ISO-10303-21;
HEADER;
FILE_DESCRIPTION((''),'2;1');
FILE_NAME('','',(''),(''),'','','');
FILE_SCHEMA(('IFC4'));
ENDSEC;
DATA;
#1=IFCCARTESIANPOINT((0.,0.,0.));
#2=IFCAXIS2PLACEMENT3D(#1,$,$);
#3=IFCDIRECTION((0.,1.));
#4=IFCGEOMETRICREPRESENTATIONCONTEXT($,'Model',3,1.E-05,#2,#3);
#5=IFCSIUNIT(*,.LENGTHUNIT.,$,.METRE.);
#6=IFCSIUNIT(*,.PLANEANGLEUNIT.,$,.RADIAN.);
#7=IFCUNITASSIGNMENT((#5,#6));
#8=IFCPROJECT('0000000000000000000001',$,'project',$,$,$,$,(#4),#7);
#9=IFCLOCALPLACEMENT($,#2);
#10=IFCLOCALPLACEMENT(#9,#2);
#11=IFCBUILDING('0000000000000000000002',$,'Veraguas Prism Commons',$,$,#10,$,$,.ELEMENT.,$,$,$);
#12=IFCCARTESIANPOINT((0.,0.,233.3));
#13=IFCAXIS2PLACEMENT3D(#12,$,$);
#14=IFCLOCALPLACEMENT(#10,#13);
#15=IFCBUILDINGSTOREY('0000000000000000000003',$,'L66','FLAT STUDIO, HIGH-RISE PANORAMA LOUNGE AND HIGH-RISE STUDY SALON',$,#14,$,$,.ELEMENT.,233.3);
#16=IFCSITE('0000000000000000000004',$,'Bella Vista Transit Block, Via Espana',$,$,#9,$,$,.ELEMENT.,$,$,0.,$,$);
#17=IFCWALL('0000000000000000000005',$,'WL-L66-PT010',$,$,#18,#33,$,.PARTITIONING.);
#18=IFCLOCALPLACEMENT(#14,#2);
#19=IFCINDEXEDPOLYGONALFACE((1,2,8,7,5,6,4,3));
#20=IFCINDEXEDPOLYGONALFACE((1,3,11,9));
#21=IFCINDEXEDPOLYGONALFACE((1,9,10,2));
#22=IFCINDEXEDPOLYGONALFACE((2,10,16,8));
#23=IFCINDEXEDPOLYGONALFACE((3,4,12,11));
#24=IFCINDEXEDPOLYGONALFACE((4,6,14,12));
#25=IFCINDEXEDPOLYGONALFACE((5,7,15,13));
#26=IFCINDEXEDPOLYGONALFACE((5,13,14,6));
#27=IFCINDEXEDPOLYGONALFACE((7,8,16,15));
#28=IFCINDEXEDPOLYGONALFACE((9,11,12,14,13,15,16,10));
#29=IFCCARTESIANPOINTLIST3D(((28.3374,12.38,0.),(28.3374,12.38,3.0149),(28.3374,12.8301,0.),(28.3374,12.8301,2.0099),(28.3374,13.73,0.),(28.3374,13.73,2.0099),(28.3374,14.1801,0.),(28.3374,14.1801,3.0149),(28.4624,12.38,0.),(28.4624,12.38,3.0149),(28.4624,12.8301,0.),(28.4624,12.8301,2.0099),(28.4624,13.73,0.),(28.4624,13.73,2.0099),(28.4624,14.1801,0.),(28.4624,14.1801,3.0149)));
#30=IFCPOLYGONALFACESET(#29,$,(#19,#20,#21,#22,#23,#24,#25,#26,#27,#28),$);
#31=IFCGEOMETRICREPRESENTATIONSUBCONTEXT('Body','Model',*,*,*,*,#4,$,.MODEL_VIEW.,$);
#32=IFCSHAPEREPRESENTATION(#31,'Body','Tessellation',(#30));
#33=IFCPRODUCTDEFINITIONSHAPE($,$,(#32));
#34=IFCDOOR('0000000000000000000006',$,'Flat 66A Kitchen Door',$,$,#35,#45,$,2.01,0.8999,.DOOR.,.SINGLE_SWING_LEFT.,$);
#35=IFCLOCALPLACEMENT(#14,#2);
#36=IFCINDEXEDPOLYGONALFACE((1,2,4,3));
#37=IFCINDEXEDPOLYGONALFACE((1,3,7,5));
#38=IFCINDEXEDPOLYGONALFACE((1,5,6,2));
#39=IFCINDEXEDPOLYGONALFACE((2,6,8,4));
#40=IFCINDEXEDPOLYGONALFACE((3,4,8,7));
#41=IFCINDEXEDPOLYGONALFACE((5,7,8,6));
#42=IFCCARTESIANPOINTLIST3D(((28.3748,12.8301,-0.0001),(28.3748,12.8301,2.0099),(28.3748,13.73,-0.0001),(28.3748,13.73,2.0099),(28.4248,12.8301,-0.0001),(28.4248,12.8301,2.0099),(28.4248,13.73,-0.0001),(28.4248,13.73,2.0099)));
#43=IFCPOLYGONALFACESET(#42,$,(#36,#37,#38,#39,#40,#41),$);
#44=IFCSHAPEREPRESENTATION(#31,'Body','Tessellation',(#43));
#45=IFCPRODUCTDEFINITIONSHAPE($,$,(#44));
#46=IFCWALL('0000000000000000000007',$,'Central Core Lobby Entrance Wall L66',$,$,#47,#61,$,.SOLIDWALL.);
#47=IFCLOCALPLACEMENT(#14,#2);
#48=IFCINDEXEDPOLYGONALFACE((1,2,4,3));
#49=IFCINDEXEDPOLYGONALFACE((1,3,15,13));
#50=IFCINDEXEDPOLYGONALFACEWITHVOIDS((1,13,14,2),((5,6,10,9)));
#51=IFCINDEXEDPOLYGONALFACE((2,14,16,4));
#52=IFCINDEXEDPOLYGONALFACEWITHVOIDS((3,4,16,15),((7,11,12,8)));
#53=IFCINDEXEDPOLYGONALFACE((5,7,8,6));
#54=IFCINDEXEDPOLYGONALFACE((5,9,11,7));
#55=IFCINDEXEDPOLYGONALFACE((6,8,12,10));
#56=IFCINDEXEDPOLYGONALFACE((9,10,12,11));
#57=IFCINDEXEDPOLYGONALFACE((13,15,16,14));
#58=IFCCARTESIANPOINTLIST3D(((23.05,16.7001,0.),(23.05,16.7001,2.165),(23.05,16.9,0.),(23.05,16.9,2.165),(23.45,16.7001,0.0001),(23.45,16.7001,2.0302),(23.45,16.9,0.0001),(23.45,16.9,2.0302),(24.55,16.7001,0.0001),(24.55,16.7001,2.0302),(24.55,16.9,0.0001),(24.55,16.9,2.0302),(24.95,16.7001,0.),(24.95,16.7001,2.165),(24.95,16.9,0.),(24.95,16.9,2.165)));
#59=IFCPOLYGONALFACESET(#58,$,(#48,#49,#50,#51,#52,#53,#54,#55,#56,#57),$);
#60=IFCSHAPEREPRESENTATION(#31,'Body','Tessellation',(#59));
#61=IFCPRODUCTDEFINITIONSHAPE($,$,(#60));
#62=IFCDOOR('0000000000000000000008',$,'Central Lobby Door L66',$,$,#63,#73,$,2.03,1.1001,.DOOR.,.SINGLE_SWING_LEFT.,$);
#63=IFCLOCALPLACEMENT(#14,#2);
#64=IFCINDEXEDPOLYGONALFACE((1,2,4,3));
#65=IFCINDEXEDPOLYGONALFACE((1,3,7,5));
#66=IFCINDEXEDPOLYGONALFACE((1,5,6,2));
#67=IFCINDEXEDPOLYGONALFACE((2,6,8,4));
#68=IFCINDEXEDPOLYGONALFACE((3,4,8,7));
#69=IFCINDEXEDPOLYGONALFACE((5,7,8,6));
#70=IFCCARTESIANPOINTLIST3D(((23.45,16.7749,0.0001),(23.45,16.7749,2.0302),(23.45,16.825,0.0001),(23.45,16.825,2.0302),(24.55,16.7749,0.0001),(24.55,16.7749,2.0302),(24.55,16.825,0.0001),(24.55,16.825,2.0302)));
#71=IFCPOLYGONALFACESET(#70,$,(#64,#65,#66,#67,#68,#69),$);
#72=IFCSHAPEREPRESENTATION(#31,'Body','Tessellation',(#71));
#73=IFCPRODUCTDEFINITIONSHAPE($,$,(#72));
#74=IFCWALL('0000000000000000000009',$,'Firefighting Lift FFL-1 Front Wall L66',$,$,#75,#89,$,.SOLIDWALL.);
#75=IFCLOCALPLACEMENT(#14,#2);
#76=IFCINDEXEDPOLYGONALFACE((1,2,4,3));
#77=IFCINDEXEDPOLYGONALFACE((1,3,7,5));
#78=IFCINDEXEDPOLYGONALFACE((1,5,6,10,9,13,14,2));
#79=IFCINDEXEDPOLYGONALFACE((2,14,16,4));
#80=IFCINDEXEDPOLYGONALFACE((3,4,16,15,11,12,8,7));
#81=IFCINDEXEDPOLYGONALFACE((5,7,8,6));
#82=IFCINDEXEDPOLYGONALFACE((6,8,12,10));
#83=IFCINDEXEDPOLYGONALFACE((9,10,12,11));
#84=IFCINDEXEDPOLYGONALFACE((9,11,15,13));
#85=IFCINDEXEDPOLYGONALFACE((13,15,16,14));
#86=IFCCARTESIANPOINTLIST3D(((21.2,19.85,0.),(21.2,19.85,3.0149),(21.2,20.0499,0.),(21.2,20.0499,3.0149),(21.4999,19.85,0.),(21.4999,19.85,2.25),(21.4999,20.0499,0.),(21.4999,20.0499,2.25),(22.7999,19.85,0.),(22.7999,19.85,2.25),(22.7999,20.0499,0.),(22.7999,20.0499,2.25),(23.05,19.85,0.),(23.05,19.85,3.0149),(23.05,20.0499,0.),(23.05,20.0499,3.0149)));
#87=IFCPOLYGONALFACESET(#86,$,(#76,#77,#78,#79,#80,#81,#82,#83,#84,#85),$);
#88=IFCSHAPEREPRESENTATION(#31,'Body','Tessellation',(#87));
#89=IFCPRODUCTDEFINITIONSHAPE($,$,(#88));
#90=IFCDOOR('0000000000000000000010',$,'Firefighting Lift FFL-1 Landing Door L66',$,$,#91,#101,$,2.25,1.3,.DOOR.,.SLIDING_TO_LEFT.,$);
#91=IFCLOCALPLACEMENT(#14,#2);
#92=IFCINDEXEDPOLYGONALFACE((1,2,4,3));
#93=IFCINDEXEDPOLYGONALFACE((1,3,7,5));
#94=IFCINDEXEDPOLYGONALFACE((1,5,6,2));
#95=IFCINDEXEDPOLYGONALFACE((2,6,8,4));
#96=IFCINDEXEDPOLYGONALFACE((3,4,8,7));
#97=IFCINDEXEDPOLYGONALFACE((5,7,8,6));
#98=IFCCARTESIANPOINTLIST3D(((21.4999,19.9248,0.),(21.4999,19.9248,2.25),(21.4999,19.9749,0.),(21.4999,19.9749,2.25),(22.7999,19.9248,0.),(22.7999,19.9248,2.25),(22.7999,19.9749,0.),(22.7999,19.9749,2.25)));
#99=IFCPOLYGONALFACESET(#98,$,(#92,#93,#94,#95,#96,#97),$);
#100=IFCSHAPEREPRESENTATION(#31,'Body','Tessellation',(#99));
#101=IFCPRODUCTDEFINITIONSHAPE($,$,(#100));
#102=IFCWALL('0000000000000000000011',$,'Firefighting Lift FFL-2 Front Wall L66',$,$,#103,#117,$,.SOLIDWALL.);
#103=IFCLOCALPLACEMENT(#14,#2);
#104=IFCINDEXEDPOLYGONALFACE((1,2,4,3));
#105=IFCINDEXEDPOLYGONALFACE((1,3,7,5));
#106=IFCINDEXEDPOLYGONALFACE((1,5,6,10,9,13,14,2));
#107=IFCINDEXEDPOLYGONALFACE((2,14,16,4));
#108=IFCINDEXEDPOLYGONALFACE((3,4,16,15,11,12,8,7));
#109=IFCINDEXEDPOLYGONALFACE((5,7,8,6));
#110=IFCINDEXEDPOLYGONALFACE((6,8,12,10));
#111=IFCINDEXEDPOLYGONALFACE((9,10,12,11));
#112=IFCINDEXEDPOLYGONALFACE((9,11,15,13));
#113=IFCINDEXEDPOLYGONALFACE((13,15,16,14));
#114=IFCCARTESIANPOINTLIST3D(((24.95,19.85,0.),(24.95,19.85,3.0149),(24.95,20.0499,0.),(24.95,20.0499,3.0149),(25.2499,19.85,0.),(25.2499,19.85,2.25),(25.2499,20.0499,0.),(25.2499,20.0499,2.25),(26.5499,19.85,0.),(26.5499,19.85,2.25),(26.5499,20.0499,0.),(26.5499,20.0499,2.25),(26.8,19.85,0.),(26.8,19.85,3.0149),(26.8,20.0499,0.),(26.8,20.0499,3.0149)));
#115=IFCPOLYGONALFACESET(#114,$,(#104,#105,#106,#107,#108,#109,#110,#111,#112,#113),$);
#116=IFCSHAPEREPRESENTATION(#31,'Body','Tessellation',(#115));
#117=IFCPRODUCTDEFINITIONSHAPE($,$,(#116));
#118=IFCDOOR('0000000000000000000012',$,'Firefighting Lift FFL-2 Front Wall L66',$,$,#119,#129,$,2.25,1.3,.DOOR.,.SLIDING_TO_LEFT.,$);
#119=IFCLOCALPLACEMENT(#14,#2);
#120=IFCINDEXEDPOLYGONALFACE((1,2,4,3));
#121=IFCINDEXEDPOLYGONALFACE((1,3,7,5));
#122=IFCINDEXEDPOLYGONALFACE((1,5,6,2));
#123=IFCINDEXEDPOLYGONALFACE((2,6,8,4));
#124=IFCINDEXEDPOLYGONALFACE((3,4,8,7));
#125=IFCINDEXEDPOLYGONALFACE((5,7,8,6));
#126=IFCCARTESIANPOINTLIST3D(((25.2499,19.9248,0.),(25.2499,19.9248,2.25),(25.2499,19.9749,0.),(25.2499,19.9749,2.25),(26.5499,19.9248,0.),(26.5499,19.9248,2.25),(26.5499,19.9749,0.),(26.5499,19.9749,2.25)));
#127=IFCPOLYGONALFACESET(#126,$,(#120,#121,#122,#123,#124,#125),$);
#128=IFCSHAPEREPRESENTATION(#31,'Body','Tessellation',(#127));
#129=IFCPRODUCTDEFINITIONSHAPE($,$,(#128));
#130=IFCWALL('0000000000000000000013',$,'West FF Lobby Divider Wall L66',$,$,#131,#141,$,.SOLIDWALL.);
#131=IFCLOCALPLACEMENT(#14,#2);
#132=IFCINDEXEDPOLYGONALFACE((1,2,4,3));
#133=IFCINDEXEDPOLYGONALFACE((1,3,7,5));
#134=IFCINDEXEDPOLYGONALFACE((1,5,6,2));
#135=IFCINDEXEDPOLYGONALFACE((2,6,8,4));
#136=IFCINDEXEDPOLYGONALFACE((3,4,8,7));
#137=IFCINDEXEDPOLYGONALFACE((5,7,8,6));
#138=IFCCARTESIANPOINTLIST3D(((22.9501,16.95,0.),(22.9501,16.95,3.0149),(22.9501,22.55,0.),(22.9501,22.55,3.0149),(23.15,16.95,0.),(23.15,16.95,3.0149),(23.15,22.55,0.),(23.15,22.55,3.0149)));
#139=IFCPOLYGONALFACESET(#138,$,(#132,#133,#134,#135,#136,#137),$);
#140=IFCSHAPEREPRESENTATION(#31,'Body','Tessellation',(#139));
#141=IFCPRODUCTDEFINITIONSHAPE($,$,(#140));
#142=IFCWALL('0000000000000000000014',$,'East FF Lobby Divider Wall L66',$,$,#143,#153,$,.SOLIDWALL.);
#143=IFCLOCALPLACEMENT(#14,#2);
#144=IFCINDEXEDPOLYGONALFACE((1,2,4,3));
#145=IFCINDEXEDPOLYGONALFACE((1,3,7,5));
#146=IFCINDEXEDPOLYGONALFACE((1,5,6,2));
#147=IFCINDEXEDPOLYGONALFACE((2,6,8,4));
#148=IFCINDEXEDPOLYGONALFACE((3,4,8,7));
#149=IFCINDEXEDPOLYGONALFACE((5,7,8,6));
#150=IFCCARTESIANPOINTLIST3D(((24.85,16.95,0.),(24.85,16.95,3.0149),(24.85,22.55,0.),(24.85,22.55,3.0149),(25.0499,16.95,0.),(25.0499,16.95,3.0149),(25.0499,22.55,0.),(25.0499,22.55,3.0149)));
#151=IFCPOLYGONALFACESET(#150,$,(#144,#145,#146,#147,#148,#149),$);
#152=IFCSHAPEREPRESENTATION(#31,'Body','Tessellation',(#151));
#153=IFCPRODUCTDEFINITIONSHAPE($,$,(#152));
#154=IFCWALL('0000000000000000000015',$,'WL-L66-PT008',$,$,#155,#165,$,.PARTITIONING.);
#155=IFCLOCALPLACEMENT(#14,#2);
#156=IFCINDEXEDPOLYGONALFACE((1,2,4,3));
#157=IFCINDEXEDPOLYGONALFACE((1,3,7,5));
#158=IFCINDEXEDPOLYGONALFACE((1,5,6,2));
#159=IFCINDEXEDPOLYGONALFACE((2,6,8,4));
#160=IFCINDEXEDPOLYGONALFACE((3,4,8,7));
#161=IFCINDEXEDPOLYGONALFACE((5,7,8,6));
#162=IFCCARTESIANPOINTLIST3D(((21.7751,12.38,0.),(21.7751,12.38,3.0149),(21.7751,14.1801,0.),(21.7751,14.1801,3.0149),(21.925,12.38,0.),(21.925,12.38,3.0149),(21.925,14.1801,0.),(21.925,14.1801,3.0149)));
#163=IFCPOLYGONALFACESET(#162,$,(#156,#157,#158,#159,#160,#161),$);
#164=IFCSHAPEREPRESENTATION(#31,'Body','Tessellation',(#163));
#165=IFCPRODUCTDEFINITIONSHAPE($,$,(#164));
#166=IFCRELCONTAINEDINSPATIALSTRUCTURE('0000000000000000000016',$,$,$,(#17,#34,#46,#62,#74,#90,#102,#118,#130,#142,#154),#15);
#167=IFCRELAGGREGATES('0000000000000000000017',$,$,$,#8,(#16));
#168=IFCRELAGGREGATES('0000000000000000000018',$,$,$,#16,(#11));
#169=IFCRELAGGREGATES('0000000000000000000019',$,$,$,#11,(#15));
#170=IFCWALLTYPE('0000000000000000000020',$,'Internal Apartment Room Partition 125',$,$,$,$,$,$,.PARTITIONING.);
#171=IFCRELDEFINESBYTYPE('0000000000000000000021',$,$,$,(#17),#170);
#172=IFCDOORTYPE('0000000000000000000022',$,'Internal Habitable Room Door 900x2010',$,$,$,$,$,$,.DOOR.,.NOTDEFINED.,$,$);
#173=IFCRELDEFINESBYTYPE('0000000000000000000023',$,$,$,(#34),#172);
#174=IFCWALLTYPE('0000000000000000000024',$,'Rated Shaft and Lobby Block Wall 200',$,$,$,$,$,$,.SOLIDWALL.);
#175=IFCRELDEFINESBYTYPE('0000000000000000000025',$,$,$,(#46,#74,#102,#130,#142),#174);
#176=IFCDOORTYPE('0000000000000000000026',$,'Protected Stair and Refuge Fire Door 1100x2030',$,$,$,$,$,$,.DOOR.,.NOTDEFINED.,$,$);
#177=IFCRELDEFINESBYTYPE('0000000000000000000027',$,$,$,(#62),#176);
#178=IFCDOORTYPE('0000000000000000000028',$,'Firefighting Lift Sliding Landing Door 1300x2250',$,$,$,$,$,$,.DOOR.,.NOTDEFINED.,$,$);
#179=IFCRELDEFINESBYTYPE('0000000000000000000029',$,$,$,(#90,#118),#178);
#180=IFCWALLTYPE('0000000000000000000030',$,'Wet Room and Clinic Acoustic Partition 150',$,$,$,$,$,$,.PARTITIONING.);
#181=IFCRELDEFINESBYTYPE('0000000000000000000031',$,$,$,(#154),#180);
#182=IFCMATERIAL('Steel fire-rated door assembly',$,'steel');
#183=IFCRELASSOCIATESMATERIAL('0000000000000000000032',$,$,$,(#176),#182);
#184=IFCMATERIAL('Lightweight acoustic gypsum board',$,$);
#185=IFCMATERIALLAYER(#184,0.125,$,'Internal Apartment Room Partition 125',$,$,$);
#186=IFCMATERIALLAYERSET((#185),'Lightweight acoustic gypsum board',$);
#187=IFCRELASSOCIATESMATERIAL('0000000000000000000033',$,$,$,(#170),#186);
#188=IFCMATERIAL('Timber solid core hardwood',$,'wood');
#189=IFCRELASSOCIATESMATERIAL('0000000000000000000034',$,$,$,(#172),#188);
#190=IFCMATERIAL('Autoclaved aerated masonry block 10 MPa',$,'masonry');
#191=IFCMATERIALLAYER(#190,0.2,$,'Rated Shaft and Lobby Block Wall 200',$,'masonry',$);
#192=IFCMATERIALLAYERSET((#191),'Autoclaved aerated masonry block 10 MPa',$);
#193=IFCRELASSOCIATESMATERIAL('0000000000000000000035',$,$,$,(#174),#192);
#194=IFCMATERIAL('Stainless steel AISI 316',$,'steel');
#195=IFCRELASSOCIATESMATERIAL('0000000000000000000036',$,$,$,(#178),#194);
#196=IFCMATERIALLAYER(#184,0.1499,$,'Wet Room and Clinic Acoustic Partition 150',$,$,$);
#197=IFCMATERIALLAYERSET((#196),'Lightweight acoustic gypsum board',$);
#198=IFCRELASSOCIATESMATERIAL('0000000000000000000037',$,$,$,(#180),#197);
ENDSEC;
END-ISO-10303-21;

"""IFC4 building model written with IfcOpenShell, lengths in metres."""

from ifc_helpers import new_model, si_unit, direction, frame, frame_2d, origin, place, context, subcontext, project, spatial, rectangle, extrude, source, transform, mapped, material, layer, layer_set, type_object, element, fill, save


model = new_model("IFC4")

# Units and contexts
model_context = context("Model", 3, precision=1e-05, world=origin(), true_north=direction((0.0, 1.0)))
body_context = subcontext(model_context, "Body", "Model", "MODEL_VIEW")
ifc_project = project(units=[si_unit("LENGTHUNIT", "METRE"), si_unit("PLANEANGLEUNIT", "RADIAN")], contexts=[model_context])

# Site, building, storey
site_placement = place(None, origin())
site = spatial("IfcSite", under=ifc_project, at=site_placement, Name="Bella Vista Transit Block, Via Espana", CompositionType="ELEMENT", RefElevation=0.0)
building_placement = place(site_placement, origin())
building = spatial("IfcBuilding", under=site, at=building_placement, Name="Veraguas Prism Commons", CompositionType="ELEMENT")
storey_placement = place(building_placement, frame((0.0, 0.0, 233.3)))
storey = spatial("IfcBuildingStorey", under=building, at=storey_placement, Name="L66", Description="FLAT STUDIO, HIGH-RISE PANORAMA LOUNGE AND HIGH-RISE STUDY SALON", CompositionType="ELEMENT", Elevation=233.3)

# Shared definitions
ifc_material_1 = material(Name="Steel fire-rated door assembly", Category="steel")
door_type_1 = type_object("IfcDoorType", Name="Protected Stair and Refuge Fire Door 1100x2030", OperationType="NOTDEFINED", PredefinedType="DOOR", material=ifc_material_1)
shared_shape_1 = source(origin(), body_context, "Body", "SweptSolid", [
    extrude(rectangle(XDim=1.1001, YDim=2.03, at=frame_2d((0.55, 1.0151))), frame((0.0, 0.0249, 0.0), z_axis=(0.0, -1.0, 0.0), x_axis=(1.0, 0.0, 0.0)), (0.0, 0.0, 1.0), 0.05),
])

# Walls, openings, doors
ifc_material_2 = material(Name="Lightweight acoustic gypsum board")
ifc_layer_1 = layer(ifc_material_2, 0.125, Name="Internal Apartment Room Partition 125")
ifc_layer_set_1 = layer_set([ifc_layer_1], Name="Lightweight acoustic gypsum board")
wall_type_1 = type_object("IfcWallType", Name="Internal Apartment Room Partition 125", PredefinedType="PARTITIONING", material=ifc_layer_set_1)
wall_1_placement = place(storey_placement, frame((28.3999, 14.1799, 0.0), z_axis=(0.0, 0.0, 1.0), x_axis=(0.0, -1.0, 0.0)))
wall_1 = element("IfcWall", 1, at=wall_1_placement, inside=storey, type_object=wall_type_1, Name="WL-L66-PT010", PredefinedType="PARTITIONING", context=body_context, shape_type="SweptSolid", body=[
    extrude(rectangle(XDim=1.8, YDim=0.125, at=frame_2d((0.8999, 0.0))), origin(), (0.0, 0.0, 1.0), 3.0149),
])
opening_1_placement = place(wall_1_placement, frame((0.45, 0.0, 0.0)))
opening_1 = element("IfcOpeningElement", 2, at=opening_1_placement, cuts=wall_1, PredefinedType="OPENING", context=body_context, shape_type="SweptSolid", body=[
    extrude(rectangle(XDim=0.8999, YDim=2.01, at=frame_2d((0.45, 1.0049))), frame((0.0, 0.0725, 0.0), z_axis=(0.0, -1.0, 0.0), x_axis=(1.0, 0.0, 0.0)), (0.0, 0.0, 1.0), 0.145),
])
ifc_material_3 = material(Name="Timber solid core hardwood", Category="wood")
door_type_2 = type_object("IfcDoorType", Name="Internal Habitable Room Door 900x2010", OperationType="NOTDEFINED", PredefinedType="DOOR", material=ifc_material_3)
shared_shape_2 = source(origin(), body_context, "Body", "SweptSolid", [
    extrude(rectangle(XDim=0.8999, YDim=2.01, at=frame_2d((0.45, 1.0049))), frame((0.0, 0.0249, 0.0), z_axis=(0.0, -1.0, 0.0), x_axis=(1.0, 0.0, 0.0)), (0.0, 0.0, 1.0), 0.05),
])
door_1_placement = place(opening_1_placement, origin())
door_1 = element("IfcDoor", 3, at=door_1_placement, inside=storey, type_object=door_type_2, Name="Flat 66A Kitchen Door", OperationType="SINGLE_SWING_LEFT", OverallHeight=2.01, OverallWidth=0.8999, PredefinedType="DOOR", context=body_context, shape_type="MappedRepresentation", body=[
    mapped(shared_shape_2, transform((0.0, 0.0, 0.0), scale=1.0)),
])
fill(opening_1, door_1)
ifc_material_4 = material(Name="Autoclaved aerated masonry block 10 MPa", Category="masonry")
ifc_layer_2 = layer(ifc_material_4, 0.2, Name="Rated Shaft and Lobby Block Wall 200", Category="masonry")
ifc_layer_set_2 = layer_set([ifc_layer_2], Name="Autoclaved aerated masonry block 10 MPa")
wall_type_2 = type_object("IfcWallType", Name="Rated Shaft and Lobby Block Wall 200", PredefinedType="SOLIDWALL", material=ifc_layer_set_2)
wall_2_placement = place(storey_placement, frame((23.05, 16.8, 0.0), z_axis=(0.0, 0.0, 1.0), x_axis=(1.0, 0.0, 0.0)))
wall_2 = element("IfcWall", 4, at=wall_2_placement, inside=storey, type_object=wall_type_2, Name="Central Core Lobby Entrance Wall L66", PredefinedType="SOLIDWALL", context=body_context, shape_type="SweptSolid", body=[
    extrude(rectangle(XDim=1.8999, YDim=0.2, at=frame_2d((0.95, 0.0))), origin(), (0.0, 0.0, 1.0), 2.165),
])
opening_2_placement = place(wall_2_placement, frame((0.3999, 0.0, 0.0)))
opening_2 = element("IfcOpeningElement", 5, at=opening_2_placement, cuts=wall_2, PredefinedType="OPENING", context=body_context, shape_type="SweptSolid", body=[
    extrude(rectangle(XDim=1.1001, YDim=2.03, at=frame_2d((0.55, 1.0151))), frame((0.0, 0.1099, 0.0), z_axis=(0.0, -1.0, 0.0), x_axis=(1.0, 0.0, 0.0)), (0.0, 0.0, 1.0), 0.22),
])
door_2_placement = place(opening_2_placement, origin())
door_2 = element("IfcDoor", 6, at=door_2_placement, inside=storey, type_object=door_type_1, Name="Central Lobby Door L66", OperationType="SINGLE_SWING_LEFT", OverallHeight=2.03, OverallWidth=1.1001, PredefinedType="DOOR", context=body_context, shape_type="MappedRepresentation", body=[
    mapped(shared_shape_1, transform((0.0, 0.0, 0.0), scale=1.0)),
])
fill(opening_2, door_2)
wall_3_placement = place(storey_placement, frame((21.2, 19.95, 0.0), z_axis=(0.0, 0.0, 1.0), x_axis=(1.0, 0.0, 0.0)))
wall_3 = element("IfcWall", 7, at=wall_3_placement, inside=storey, type_object=wall_type_2, Name="Firefighting Lift FFL-1 Front Wall L66", PredefinedType="SOLIDWALL", context=body_context, shape_type="SweptSolid", body=[
    extrude(rectangle(XDim=1.8501, YDim=0.2, at=frame_2d((0.925, 0.0))), origin(), (0.0, 0.0, 1.0), 3.0149),
])
opening_3_placement = place(wall_3_placement, frame((0.3, 0.0, 0.0)))
opening_3 = element("IfcOpeningElement", 8, at=opening_3_placement, cuts=wall_3, PredefinedType="OPENING", context=body_context, shape_type="SweptSolid", body=[
    extrude(rectangle(XDim=1.3, YDim=2.25, at=frame_2d((0.6499, 1.125))), frame((0.0, 0.1099, 0.0), z_axis=(0.0, -1.0, 0.0), x_axis=(1.0, 0.0, 0.0)), (0.0, 0.0, 1.0), 0.22),
])
ifc_material_5 = material(Name="Stainless steel AISI 316", Category="steel")
door_type_3 = type_object("IfcDoorType", Name="Firefighting Lift Sliding Landing Door 1300x2250", OperationType="NOTDEFINED", PredefinedType="DOOR", material=ifc_material_5)
shared_shape_3 = source(origin(), body_context, "Body", "SweptSolid", [
    extrude(rectangle(XDim=1.3, YDim=2.25, at=frame_2d((0.6499, 1.125))), frame((0.0, 0.0249, 0.0), z_axis=(0.0, -1.0, 0.0), x_axis=(1.0, 0.0, 0.0)), (0.0, 0.0, 1.0), 0.05),
])
door_3_placement = place(opening_3_placement, origin())
door_3 = element("IfcDoor", 9, at=door_3_placement, inside=storey, type_object=door_type_3, Name="Firefighting Lift FFL-1 Landing Door L66", OperationType="SLIDING_TO_LEFT", OverallHeight=2.25, OverallWidth=1.3, PredefinedType="DOOR", context=body_context, shape_type="MappedRepresentation", body=[
    mapped(shared_shape_3, transform((0.0, 0.0, 0.0), scale=1.0)),
])
fill(opening_3, door_3)
wall_4_placement = place(storey_placement, frame((24.95, 19.95, 0.0), z_axis=(0.0, 0.0, 1.0), x_axis=(1.0, 0.0, 0.0)))
wall_4 = element("IfcWall", 10, at=wall_4_placement, inside=storey, type_object=wall_type_2, Name="Firefighting Lift FFL-2 Front Wall L66", PredefinedType="SOLIDWALL", context=body_context, shape_type="SweptSolid", body=[
    extrude(rectangle(XDim=1.8501, YDim=0.2, at=frame_2d((0.925, 0.0))), origin(), (0.0, 0.0, 1.0), 3.0149),
])
opening_4_placement = place(wall_4_placement, frame((0.3, 0.0, 0.0)))
opening_4 = element("IfcOpeningElement", 11, at=opening_4_placement, cuts=wall_4, PredefinedType="OPENING", context=body_context, shape_type="SweptSolid", body=[
    extrude(rectangle(XDim=1.3, YDim=2.25, at=frame_2d((0.6499, 1.125))), frame((0.0, 0.1099, 0.0), z_axis=(0.0, -1.0, 0.0), x_axis=(1.0, 0.0, 0.0)), (0.0, 0.0, 1.0), 0.22),
])
door_4_placement = place(opening_4_placement, origin())
door_4 = element("IfcDoor", 12, at=door_4_placement, inside=storey, type_object=door_type_3, Name="Firefighting Lift FFL-2 Front Wall L66", OperationType="SLIDING_TO_LEFT", OverallHeight=2.25, OverallWidth=1.3, PredefinedType="DOOR", context=body_context, shape_type="MappedRepresentation", body=[
    mapped(shared_shape_3, transform((0.0, 0.0, 0.0), scale=1.0)),
])
fill(opening_4, door_4)

# Walls
for number, where, z_axis, x_axis, name in (
    (13, (23.05, 16.95, 0.0), (0.0, 0.0, 1.0), (0.0, 1.0, 0.0), "West FF Lobby Divider Wall L66"),
    (14, (24.95, 16.95, 0.0), (0.0, 0.0, 1.0), (0.0, 1.0, 0.0), "East FF Lobby Divider Wall L66"),
):
    element("IfcWall", number, at=place(storey_placement, frame(where, z_axis=z_axis, x_axis=x_axis)), inside=storey, type_object=wall_type_2, Name=name, PredefinedType="SOLIDWALL", context=body_context, shape_type="SweptSolid", body=[
        extrude(rectangle(XDim=5.6001, YDim=0.2, at=frame_2d((2.8, 0.0))), origin(), (0.0, 0.0, 1.0), 3.0149),
    ])
ifc_layer_3 = layer(ifc_material_2, 0.1499, Name="Wet Room and Clinic Acoustic Partition 150")
ifc_layer_set_3 = layer_set([ifc_layer_3], Name="Lightweight acoustic gypsum board")
wall_type_3 = type_object("IfcWallType", Name="Wet Room and Clinic Acoustic Partition 150", PredefinedType="PARTITIONING", material=ifc_layer_set_3)
wall_5_placement = place(storey_placement, frame((21.8501, 14.1799, 0.0), z_axis=(0.0, 0.0, 1.0), x_axis=(0.0, -1.0, 0.0)))
element("IfcWall", 15, at=wall_5_placement, inside=storey, type_object=wall_type_3, Name="WL-L66-PT008", PredefinedType="PARTITIONING", context=body_context, shape_type="SweptSolid", body=[
    extrude(rectangle(XDim=1.8, YDim=0.1499, at=frame_2d((0.8999, 0.0))), origin(), (0.0, 0.0, 1.0), 3.0149),
])

save(model, "model.ifc")
